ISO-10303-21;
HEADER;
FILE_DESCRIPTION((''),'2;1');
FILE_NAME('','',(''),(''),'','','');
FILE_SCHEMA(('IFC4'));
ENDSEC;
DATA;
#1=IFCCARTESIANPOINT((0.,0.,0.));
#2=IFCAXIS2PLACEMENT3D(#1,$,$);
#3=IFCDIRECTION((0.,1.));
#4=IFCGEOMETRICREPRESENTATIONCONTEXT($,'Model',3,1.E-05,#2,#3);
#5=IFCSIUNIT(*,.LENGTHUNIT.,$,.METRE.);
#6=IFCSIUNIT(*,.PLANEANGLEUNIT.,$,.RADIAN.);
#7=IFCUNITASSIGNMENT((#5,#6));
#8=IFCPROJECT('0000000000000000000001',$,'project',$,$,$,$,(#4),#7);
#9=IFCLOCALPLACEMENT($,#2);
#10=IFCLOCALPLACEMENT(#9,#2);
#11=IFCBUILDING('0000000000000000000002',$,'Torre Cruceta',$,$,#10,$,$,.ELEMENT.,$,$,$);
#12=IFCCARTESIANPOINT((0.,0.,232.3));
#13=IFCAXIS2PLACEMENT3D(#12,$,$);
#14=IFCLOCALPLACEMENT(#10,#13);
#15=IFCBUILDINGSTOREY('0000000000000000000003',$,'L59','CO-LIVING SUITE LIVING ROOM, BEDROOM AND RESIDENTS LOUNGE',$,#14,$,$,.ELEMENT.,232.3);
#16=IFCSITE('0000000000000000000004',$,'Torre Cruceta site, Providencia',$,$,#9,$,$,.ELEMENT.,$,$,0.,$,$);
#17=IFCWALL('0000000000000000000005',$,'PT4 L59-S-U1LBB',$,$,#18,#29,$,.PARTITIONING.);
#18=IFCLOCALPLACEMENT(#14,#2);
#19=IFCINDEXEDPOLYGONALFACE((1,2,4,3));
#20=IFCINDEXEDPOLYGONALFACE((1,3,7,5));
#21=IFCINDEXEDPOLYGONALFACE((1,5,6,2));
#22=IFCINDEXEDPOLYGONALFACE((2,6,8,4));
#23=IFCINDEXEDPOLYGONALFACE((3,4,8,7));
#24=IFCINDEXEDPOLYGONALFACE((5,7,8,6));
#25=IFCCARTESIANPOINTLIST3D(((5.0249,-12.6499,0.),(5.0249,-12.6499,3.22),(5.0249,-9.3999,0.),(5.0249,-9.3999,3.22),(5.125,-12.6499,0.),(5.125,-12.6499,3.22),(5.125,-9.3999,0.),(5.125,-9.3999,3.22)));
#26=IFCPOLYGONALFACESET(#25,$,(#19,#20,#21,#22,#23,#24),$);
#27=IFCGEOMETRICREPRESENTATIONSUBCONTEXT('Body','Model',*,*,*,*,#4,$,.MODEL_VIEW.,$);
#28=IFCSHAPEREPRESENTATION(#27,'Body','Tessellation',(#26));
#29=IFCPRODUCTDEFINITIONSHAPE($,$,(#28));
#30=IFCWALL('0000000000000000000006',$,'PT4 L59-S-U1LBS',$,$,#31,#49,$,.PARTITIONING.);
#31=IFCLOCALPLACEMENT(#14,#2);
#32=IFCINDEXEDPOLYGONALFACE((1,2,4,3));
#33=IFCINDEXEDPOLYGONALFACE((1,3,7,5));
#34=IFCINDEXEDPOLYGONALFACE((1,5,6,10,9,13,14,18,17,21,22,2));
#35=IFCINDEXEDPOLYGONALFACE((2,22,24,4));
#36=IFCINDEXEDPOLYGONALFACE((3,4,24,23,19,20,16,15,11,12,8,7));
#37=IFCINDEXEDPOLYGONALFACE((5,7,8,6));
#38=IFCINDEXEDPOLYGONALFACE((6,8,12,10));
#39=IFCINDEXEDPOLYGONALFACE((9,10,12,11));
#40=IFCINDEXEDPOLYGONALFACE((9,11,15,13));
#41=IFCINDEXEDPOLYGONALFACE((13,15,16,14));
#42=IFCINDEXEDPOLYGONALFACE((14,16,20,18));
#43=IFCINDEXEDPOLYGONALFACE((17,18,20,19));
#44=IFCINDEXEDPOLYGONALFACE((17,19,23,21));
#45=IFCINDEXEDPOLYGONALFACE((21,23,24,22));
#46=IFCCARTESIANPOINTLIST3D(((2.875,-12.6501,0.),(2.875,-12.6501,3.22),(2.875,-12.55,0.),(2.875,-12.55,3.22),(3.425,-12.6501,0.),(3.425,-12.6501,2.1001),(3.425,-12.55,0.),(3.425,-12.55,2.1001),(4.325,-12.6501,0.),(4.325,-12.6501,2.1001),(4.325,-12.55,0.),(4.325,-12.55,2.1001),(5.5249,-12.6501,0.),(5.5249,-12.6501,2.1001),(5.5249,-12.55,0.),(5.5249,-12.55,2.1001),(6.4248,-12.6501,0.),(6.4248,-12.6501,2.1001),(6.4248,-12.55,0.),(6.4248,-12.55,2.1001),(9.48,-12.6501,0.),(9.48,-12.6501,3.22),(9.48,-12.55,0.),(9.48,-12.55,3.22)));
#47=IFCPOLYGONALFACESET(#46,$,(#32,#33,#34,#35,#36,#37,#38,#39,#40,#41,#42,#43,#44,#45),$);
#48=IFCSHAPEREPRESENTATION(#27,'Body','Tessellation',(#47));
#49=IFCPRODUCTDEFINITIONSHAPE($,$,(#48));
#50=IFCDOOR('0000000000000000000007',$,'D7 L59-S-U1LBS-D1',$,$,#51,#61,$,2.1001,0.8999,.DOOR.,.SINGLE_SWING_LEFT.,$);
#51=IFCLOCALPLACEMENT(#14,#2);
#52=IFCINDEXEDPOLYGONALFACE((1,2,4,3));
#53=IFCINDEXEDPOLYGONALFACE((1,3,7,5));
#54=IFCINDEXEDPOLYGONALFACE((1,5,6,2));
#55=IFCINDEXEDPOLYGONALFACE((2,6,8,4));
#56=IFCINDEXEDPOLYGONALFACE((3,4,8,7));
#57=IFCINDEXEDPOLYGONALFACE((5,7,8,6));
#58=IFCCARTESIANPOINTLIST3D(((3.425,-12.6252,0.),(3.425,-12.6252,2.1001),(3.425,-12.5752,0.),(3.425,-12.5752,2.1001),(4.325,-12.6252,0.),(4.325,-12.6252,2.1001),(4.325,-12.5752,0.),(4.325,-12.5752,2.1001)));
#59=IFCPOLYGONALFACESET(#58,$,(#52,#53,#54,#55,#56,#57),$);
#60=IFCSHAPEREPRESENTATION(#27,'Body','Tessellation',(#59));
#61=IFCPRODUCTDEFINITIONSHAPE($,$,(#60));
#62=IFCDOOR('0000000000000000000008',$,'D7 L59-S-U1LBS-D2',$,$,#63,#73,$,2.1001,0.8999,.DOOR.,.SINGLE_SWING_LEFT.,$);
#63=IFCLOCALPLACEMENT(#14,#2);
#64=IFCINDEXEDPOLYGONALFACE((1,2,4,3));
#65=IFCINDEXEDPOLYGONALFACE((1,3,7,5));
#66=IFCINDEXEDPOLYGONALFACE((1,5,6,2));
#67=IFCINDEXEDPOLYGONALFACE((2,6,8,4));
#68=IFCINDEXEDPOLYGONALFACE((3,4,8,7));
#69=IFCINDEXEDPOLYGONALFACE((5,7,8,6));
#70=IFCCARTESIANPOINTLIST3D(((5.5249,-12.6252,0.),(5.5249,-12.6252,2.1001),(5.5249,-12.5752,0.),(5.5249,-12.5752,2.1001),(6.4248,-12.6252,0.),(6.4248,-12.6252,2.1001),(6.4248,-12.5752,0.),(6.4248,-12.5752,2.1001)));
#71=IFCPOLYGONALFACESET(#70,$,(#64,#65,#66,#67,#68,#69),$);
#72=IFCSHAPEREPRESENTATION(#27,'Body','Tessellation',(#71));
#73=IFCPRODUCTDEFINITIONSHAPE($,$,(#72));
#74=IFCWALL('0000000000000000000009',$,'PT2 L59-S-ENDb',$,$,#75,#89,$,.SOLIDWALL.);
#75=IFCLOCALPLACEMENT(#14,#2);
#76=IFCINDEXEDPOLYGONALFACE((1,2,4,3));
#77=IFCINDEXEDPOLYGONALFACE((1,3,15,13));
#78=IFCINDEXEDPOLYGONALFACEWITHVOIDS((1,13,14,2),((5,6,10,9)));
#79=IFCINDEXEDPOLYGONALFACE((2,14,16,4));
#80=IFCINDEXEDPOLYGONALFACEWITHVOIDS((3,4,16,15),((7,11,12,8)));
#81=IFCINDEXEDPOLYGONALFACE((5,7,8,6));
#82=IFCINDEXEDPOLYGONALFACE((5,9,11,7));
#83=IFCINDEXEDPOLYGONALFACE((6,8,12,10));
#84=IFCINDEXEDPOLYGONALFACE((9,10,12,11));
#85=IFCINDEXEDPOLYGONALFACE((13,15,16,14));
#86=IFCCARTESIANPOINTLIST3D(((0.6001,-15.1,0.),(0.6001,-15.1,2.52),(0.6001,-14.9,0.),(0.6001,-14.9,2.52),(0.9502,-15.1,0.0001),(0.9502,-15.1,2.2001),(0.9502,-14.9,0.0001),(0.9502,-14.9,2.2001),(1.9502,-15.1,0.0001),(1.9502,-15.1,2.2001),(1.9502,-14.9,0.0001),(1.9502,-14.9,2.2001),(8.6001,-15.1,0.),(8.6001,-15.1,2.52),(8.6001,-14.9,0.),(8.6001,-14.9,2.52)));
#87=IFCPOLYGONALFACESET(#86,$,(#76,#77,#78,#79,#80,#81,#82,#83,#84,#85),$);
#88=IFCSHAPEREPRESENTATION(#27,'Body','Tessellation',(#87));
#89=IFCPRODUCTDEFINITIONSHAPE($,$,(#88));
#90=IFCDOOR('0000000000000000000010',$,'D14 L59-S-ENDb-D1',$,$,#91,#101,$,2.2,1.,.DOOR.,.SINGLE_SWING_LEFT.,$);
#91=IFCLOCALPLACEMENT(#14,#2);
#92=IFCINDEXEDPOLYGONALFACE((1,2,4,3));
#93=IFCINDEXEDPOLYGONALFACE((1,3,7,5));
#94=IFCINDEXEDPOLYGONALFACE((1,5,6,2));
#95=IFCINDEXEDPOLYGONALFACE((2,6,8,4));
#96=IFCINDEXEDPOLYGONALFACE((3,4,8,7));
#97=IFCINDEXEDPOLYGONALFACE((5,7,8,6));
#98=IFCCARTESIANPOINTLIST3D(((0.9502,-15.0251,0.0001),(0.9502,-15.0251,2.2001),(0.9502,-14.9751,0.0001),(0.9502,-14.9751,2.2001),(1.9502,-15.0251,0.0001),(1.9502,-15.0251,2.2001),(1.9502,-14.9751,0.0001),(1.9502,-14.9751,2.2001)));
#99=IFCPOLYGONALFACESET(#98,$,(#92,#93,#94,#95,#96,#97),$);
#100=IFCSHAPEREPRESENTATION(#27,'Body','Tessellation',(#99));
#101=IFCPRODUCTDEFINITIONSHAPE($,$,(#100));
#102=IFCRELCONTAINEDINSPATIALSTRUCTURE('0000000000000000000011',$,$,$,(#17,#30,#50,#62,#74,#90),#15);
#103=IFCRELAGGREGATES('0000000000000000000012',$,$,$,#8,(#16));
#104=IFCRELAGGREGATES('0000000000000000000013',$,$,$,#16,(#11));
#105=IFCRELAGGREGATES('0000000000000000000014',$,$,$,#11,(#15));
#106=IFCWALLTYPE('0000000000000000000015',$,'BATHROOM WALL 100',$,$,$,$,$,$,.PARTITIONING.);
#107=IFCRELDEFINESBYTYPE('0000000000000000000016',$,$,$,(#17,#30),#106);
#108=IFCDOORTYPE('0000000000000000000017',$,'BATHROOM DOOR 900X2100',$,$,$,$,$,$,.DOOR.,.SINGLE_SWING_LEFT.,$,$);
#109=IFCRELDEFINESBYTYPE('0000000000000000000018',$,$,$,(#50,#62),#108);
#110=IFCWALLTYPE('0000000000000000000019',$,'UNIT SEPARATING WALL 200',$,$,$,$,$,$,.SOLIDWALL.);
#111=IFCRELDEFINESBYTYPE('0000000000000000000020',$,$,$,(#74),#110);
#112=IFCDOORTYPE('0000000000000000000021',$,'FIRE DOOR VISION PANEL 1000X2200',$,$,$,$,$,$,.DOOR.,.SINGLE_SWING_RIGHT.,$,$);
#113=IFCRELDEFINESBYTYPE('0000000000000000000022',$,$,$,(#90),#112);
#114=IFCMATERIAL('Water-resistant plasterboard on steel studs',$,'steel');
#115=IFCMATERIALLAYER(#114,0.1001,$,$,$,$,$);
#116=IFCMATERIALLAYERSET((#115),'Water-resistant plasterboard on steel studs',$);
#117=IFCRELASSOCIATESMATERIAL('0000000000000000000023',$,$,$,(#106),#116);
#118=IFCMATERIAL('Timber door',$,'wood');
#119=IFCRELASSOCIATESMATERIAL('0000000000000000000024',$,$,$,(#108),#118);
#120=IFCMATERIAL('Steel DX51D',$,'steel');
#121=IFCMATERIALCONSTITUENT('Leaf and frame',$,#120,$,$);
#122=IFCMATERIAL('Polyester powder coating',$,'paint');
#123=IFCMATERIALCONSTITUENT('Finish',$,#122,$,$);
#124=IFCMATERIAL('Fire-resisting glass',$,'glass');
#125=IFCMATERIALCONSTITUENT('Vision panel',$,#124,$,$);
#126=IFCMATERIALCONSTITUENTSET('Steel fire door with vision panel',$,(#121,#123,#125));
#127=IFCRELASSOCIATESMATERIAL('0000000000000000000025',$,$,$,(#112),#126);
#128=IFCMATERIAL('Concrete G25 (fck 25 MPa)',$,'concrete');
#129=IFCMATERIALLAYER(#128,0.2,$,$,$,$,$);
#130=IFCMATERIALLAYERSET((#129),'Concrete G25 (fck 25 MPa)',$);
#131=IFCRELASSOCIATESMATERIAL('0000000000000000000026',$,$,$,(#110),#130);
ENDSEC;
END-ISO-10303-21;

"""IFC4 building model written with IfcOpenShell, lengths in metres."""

from ifc_helpers import new_model, si_unit, direction, frame, frame_2d, origin, place, context, subcontext, project, spatial, rectangle, extrude, material, layer, layer_set, constituent, constituent_set, type_object, element, fill, save


model = new_model("IFC4")

# Units and contexts
model_context = context("Model", 3, precision=1e-05, world=origin(), true_north=direction((0.0, 1.0)))
body_context = subcontext(model_context, "Body", "Model", "MODEL_VIEW")
ifc_project = project(units=[si_unit("LENGTHUNIT", "METRE"), si_unit("PLANEANGLEUNIT", "RADIAN")], contexts=[model_context])

# Site, building, storey
site_placement = place(None, origin())
site = spatial("IfcSite", under=ifc_project, at=site_placement, Name="Torre Cruceta site, Providencia", CompositionType="ELEMENT", RefElevation=0.0)
building_placement = place(site_placement, origin())
building = spatial("IfcBuilding", under=site, at=building_placement, Name="Torre Cruceta", CompositionType="ELEMENT")
storey_placement = place(building_placement, frame((0.0, 0.0, 232.3)))
storey = spatial("IfcBuildingStorey", under=building, at=storey_placement, Name="L59", Description="CO-LIVING SUITE LIVING ROOM, BEDROOM AND RESIDENTS LOUNGE", CompositionType="ELEMENT", Elevation=232.3)

# Wall
ifc_material_1 = material(Name="Water-resistant plasterboard on steel studs", Category="steel")
ifc_layer_1 = layer(ifc_material_1, 0.1001)
ifc_layer_set_1 = layer_set([ifc_layer_1], Name="Water-resistant plasterboard on steel studs")
wall_type_1 = type_object("IfcWallType", Name="BATHROOM WALL 100", PredefinedType="PARTITIONING", material=ifc_layer_set_1)
wall_1_placement = place(storey_placement, frame((5.075, -9.3999, 0.0), z_axis=(0.0, 0.0, 1.0), x_axis=(0.0, -1.0, 0.0)))
element("IfcWall", 1, at=wall_1_placement, inside=storey, type_object=wall_type_1, Name="PT4 L59-S-U1LBB", PredefinedType="PARTITIONING", context=body_context, shape_type="SweptSolid", body=[
    extrude(rectangle(XDim=3.25, YDim=0.1001, at=frame_2d((1.625, 0.0))), origin(), (0.0, 0.0, 1.0), 3.22),
])

# Wall, openings, doors
wall_2_placement = place(storey_placement, frame((2.875, -12.6001, 0.0), z_axis=(0.0, 0.0, 1.0), x_axis=(1.0, 0.0, 0.0)))
wall_2 = element("IfcWall", 2, at=wall_2_placement, inside=storey, type_object=wall_type_1, Name="PT4 L59-S-U1LBS", PredefinedType="PARTITIONING", context=body_context, shape_type="SweptSolid", body=[
    extrude(rectangle(XDim=6.605, YDim=0.1001, at=frame_2d((3.3025, 0.0))), origin(), (0.0, 0.0, 1.0), 3.22),
])
opening_1_placement = place(wall_2_placement, frame((0.55, 0.0, 0.0)))
opening_1 = element("IfcOpeningElement", 3, at=opening_1_placement, cuts=wall_2, PredefinedType="OPENING", context=body_context, shape_type="SweptSolid", body=[
    extrude(rectangle(XDim=0.8999, YDim=2.1001, at=frame_2d((0.45, 1.05))), frame((0.0, 0.0601, 0.0), z_axis=(0.0, -1.0, 0.0), x_axis=(1.0, 0.0, 0.0)), (0.0, 0.0, 1.0), 0.1201),
])
opening_2_placement = place(wall_2_placement, frame((2.6499, 0.0, 0.0)))
opening_2 = element("IfcOpeningElement", 4, at=opening_2_placement, cuts=wall_2, PredefinedType="OPENING", context=body_context, shape_type="SweptSolid", body=[
    extrude(rectangle(XDim=0.8999, YDim=2.1001, at=frame_2d((0.45, 1.05))), frame((0.0, 0.0601, 0.0), z_axis=(0.0, -1.0, 0.0), x_axis=(1.0, 0.0, 0.0)), (0.0, 0.0, 1.0), 0.1201),
])
ifc_material_2 = material(Name="Timber door", Category="wood")
door_type_1 = type_object("IfcDoorType", Name="BATHROOM DOOR 900X2100", OperationType="SINGLE_SWING_LEFT", PredefinedType="DOOR", material=ifc_material_2)
door_1_placement = place(opening_1_placement, origin())
door_1 = element("IfcDoor", 5, at=door_1_placement, inside=storey, type_object=door_type_1, Name="D7 L59-S-U1LBS-D1", OperationType="SINGLE_SWING_LEFT", OverallHeight=2.1001, OverallWidth=0.8999, PredefinedType="DOOR", context=body_context, shape_type="SweptSolid", body=[
    extrude(rectangle(XDim=0.8999, YDim=2.1001, at=frame_2d((0.45, 1.05))), frame((0.0, 0.0249, 0.0), z_axis=(0.0, -1.0, 0.0), x_axis=(1.0, 0.0, 0.0)), (0.0, 0.0, 1.0), 0.05),
])
fill(opening_1, door_1)
door_2_placement = place(opening_2_placement, origin())
door_2 = element("IfcDoor", 6, at=door_2_placement, inside=storey, type_object=door_type_1, Name="D7 L59-S-U1LBS-D2", OperationType="SINGLE_SWING_LEFT", OverallHeight=2.1001, OverallWidth=0.8999, PredefinedType="DOOR", context=body_context, shape_type="SweptSolid", body=[
    extrude(rectangle(XDim=0.8999, YDim=2.1001, at=frame_2d((0.45, 1.05))), frame((0.0, 0.0249, 0.0), z_axis=(0.0, -1.0, 0.0), x_axis=(1.0, 0.0, 0.0)), (0.0, 0.0, 1.0), 0.05),
])
fill(opening_2, door_2)

# Shared definitions
ifc_material_3 = material(Name="Steel DX51D", Category="steel")
ifc_constituent_1 = constituent(ifc_material_3, Name="Leaf and frame")
ifc_material_4 = material(Name="Polyester powder coating", Category="paint")
ifc_constituent_2 = constituent(ifc_material_4, Name="Finish")
ifc_material_5 = material(Name="Fire-resisting glass", Category="glass")
ifc_constituent_3 = constituent(ifc_material_5, Name="Vision panel")
ifc_constituent_set = constituent_set(constituents=[ifc_constituent_1, ifc_constituent_2, ifc_constituent_3], Name="Steel fire door with vision panel")
door_type_2 = type_object("IfcDoorType", Name="FIRE DOOR VISION PANEL 1000X2200", OperationType="SINGLE_SWING_RIGHT", PredefinedType="DOOR", material=ifc_constituent_set)

# Wall, opening, door
ifc_material_6 = material(Name="Concrete G25 (fck 25 MPa)", Category="concrete")
ifc_layer_2 = layer(ifc_material_6, 0.2)
ifc_layer_set_2 = layer_set([ifc_layer_2], Name="Concrete G25 (fck 25 MPa)")
wall_type_2 = type_object("IfcWallType", Name="UNIT SEPARATING WALL 200", PredefinedType="SOLIDWALL", material=ifc_layer_set_2)
wall_3_placement = place(storey_placement, frame((0.6001, -15.0, 0.0), z_axis=(0.0, 0.0, 1.0), x_axis=(1.0, 0.0, 0.0)))
wall_3 = element("IfcWall", 7, at=wall_3_placement, inside=storey, type_object=wall_type_2, Name="PT2 L59-S-ENDb", PredefinedType="SOLIDWALL", context=body_context, shape_type="SweptSolid", body=[
    extrude(rectangle(XDim=8.0, YDim=0.2, at=frame_2d((4.0, 0.0))), origin(), (0.0, 0.0, 1.0), 2.52),
])
opening_3_placement = place(wall_3_placement, frame((0.3501, 0.0, 0.0)))
opening_3 = element("IfcOpeningElement", 8, at=opening_3_placement, cuts=wall_3, PredefinedType="OPENING", context=body_context, shape_type="SweptSolid", body=[
    extrude(rectangle(XDim=1.0, YDim=2.2, at=frame_2d((0.5, 1.1001))), frame((0.0, 0.1099, 0.0), z_axis=(0.0, -1.0, 0.0), x_axis=(1.0, 0.0, 0.0)), (0.0, 0.0, 1.0), 0.22),
])
door_3_placement = place(opening_3_placement, frame((1.0, 0.0, 0.0), z_axis=(0.0, 0.0, 1.0), x_axis=(-1.0, 0.0, 0.0)))
door_3 = element("IfcDoor", 9, at=door_3_placement, inside=storey, type_object=door_type_2, Name="D14 L59-S-ENDb-D1", OperationType="SINGLE_SWING_LEFT", OverallHeight=2.2, OverallWidth=1.0, PredefinedType="DOOR", context=body_context, shape_type="SweptSolid", body=[
    extrude(rectangle(XDim=1.0, YDim=2.2, at=frame_2d((0.5, 1.1001))), frame((0.0, 0.0251, 0.0), z_axis=(0.0, -1.0, 0.0), x_axis=(1.0, 0.0, 0.0)), (0.0, 0.0, 1.0), 0.05),
])
fill(opening_3, door_3)

save(model, "model.ifc")
